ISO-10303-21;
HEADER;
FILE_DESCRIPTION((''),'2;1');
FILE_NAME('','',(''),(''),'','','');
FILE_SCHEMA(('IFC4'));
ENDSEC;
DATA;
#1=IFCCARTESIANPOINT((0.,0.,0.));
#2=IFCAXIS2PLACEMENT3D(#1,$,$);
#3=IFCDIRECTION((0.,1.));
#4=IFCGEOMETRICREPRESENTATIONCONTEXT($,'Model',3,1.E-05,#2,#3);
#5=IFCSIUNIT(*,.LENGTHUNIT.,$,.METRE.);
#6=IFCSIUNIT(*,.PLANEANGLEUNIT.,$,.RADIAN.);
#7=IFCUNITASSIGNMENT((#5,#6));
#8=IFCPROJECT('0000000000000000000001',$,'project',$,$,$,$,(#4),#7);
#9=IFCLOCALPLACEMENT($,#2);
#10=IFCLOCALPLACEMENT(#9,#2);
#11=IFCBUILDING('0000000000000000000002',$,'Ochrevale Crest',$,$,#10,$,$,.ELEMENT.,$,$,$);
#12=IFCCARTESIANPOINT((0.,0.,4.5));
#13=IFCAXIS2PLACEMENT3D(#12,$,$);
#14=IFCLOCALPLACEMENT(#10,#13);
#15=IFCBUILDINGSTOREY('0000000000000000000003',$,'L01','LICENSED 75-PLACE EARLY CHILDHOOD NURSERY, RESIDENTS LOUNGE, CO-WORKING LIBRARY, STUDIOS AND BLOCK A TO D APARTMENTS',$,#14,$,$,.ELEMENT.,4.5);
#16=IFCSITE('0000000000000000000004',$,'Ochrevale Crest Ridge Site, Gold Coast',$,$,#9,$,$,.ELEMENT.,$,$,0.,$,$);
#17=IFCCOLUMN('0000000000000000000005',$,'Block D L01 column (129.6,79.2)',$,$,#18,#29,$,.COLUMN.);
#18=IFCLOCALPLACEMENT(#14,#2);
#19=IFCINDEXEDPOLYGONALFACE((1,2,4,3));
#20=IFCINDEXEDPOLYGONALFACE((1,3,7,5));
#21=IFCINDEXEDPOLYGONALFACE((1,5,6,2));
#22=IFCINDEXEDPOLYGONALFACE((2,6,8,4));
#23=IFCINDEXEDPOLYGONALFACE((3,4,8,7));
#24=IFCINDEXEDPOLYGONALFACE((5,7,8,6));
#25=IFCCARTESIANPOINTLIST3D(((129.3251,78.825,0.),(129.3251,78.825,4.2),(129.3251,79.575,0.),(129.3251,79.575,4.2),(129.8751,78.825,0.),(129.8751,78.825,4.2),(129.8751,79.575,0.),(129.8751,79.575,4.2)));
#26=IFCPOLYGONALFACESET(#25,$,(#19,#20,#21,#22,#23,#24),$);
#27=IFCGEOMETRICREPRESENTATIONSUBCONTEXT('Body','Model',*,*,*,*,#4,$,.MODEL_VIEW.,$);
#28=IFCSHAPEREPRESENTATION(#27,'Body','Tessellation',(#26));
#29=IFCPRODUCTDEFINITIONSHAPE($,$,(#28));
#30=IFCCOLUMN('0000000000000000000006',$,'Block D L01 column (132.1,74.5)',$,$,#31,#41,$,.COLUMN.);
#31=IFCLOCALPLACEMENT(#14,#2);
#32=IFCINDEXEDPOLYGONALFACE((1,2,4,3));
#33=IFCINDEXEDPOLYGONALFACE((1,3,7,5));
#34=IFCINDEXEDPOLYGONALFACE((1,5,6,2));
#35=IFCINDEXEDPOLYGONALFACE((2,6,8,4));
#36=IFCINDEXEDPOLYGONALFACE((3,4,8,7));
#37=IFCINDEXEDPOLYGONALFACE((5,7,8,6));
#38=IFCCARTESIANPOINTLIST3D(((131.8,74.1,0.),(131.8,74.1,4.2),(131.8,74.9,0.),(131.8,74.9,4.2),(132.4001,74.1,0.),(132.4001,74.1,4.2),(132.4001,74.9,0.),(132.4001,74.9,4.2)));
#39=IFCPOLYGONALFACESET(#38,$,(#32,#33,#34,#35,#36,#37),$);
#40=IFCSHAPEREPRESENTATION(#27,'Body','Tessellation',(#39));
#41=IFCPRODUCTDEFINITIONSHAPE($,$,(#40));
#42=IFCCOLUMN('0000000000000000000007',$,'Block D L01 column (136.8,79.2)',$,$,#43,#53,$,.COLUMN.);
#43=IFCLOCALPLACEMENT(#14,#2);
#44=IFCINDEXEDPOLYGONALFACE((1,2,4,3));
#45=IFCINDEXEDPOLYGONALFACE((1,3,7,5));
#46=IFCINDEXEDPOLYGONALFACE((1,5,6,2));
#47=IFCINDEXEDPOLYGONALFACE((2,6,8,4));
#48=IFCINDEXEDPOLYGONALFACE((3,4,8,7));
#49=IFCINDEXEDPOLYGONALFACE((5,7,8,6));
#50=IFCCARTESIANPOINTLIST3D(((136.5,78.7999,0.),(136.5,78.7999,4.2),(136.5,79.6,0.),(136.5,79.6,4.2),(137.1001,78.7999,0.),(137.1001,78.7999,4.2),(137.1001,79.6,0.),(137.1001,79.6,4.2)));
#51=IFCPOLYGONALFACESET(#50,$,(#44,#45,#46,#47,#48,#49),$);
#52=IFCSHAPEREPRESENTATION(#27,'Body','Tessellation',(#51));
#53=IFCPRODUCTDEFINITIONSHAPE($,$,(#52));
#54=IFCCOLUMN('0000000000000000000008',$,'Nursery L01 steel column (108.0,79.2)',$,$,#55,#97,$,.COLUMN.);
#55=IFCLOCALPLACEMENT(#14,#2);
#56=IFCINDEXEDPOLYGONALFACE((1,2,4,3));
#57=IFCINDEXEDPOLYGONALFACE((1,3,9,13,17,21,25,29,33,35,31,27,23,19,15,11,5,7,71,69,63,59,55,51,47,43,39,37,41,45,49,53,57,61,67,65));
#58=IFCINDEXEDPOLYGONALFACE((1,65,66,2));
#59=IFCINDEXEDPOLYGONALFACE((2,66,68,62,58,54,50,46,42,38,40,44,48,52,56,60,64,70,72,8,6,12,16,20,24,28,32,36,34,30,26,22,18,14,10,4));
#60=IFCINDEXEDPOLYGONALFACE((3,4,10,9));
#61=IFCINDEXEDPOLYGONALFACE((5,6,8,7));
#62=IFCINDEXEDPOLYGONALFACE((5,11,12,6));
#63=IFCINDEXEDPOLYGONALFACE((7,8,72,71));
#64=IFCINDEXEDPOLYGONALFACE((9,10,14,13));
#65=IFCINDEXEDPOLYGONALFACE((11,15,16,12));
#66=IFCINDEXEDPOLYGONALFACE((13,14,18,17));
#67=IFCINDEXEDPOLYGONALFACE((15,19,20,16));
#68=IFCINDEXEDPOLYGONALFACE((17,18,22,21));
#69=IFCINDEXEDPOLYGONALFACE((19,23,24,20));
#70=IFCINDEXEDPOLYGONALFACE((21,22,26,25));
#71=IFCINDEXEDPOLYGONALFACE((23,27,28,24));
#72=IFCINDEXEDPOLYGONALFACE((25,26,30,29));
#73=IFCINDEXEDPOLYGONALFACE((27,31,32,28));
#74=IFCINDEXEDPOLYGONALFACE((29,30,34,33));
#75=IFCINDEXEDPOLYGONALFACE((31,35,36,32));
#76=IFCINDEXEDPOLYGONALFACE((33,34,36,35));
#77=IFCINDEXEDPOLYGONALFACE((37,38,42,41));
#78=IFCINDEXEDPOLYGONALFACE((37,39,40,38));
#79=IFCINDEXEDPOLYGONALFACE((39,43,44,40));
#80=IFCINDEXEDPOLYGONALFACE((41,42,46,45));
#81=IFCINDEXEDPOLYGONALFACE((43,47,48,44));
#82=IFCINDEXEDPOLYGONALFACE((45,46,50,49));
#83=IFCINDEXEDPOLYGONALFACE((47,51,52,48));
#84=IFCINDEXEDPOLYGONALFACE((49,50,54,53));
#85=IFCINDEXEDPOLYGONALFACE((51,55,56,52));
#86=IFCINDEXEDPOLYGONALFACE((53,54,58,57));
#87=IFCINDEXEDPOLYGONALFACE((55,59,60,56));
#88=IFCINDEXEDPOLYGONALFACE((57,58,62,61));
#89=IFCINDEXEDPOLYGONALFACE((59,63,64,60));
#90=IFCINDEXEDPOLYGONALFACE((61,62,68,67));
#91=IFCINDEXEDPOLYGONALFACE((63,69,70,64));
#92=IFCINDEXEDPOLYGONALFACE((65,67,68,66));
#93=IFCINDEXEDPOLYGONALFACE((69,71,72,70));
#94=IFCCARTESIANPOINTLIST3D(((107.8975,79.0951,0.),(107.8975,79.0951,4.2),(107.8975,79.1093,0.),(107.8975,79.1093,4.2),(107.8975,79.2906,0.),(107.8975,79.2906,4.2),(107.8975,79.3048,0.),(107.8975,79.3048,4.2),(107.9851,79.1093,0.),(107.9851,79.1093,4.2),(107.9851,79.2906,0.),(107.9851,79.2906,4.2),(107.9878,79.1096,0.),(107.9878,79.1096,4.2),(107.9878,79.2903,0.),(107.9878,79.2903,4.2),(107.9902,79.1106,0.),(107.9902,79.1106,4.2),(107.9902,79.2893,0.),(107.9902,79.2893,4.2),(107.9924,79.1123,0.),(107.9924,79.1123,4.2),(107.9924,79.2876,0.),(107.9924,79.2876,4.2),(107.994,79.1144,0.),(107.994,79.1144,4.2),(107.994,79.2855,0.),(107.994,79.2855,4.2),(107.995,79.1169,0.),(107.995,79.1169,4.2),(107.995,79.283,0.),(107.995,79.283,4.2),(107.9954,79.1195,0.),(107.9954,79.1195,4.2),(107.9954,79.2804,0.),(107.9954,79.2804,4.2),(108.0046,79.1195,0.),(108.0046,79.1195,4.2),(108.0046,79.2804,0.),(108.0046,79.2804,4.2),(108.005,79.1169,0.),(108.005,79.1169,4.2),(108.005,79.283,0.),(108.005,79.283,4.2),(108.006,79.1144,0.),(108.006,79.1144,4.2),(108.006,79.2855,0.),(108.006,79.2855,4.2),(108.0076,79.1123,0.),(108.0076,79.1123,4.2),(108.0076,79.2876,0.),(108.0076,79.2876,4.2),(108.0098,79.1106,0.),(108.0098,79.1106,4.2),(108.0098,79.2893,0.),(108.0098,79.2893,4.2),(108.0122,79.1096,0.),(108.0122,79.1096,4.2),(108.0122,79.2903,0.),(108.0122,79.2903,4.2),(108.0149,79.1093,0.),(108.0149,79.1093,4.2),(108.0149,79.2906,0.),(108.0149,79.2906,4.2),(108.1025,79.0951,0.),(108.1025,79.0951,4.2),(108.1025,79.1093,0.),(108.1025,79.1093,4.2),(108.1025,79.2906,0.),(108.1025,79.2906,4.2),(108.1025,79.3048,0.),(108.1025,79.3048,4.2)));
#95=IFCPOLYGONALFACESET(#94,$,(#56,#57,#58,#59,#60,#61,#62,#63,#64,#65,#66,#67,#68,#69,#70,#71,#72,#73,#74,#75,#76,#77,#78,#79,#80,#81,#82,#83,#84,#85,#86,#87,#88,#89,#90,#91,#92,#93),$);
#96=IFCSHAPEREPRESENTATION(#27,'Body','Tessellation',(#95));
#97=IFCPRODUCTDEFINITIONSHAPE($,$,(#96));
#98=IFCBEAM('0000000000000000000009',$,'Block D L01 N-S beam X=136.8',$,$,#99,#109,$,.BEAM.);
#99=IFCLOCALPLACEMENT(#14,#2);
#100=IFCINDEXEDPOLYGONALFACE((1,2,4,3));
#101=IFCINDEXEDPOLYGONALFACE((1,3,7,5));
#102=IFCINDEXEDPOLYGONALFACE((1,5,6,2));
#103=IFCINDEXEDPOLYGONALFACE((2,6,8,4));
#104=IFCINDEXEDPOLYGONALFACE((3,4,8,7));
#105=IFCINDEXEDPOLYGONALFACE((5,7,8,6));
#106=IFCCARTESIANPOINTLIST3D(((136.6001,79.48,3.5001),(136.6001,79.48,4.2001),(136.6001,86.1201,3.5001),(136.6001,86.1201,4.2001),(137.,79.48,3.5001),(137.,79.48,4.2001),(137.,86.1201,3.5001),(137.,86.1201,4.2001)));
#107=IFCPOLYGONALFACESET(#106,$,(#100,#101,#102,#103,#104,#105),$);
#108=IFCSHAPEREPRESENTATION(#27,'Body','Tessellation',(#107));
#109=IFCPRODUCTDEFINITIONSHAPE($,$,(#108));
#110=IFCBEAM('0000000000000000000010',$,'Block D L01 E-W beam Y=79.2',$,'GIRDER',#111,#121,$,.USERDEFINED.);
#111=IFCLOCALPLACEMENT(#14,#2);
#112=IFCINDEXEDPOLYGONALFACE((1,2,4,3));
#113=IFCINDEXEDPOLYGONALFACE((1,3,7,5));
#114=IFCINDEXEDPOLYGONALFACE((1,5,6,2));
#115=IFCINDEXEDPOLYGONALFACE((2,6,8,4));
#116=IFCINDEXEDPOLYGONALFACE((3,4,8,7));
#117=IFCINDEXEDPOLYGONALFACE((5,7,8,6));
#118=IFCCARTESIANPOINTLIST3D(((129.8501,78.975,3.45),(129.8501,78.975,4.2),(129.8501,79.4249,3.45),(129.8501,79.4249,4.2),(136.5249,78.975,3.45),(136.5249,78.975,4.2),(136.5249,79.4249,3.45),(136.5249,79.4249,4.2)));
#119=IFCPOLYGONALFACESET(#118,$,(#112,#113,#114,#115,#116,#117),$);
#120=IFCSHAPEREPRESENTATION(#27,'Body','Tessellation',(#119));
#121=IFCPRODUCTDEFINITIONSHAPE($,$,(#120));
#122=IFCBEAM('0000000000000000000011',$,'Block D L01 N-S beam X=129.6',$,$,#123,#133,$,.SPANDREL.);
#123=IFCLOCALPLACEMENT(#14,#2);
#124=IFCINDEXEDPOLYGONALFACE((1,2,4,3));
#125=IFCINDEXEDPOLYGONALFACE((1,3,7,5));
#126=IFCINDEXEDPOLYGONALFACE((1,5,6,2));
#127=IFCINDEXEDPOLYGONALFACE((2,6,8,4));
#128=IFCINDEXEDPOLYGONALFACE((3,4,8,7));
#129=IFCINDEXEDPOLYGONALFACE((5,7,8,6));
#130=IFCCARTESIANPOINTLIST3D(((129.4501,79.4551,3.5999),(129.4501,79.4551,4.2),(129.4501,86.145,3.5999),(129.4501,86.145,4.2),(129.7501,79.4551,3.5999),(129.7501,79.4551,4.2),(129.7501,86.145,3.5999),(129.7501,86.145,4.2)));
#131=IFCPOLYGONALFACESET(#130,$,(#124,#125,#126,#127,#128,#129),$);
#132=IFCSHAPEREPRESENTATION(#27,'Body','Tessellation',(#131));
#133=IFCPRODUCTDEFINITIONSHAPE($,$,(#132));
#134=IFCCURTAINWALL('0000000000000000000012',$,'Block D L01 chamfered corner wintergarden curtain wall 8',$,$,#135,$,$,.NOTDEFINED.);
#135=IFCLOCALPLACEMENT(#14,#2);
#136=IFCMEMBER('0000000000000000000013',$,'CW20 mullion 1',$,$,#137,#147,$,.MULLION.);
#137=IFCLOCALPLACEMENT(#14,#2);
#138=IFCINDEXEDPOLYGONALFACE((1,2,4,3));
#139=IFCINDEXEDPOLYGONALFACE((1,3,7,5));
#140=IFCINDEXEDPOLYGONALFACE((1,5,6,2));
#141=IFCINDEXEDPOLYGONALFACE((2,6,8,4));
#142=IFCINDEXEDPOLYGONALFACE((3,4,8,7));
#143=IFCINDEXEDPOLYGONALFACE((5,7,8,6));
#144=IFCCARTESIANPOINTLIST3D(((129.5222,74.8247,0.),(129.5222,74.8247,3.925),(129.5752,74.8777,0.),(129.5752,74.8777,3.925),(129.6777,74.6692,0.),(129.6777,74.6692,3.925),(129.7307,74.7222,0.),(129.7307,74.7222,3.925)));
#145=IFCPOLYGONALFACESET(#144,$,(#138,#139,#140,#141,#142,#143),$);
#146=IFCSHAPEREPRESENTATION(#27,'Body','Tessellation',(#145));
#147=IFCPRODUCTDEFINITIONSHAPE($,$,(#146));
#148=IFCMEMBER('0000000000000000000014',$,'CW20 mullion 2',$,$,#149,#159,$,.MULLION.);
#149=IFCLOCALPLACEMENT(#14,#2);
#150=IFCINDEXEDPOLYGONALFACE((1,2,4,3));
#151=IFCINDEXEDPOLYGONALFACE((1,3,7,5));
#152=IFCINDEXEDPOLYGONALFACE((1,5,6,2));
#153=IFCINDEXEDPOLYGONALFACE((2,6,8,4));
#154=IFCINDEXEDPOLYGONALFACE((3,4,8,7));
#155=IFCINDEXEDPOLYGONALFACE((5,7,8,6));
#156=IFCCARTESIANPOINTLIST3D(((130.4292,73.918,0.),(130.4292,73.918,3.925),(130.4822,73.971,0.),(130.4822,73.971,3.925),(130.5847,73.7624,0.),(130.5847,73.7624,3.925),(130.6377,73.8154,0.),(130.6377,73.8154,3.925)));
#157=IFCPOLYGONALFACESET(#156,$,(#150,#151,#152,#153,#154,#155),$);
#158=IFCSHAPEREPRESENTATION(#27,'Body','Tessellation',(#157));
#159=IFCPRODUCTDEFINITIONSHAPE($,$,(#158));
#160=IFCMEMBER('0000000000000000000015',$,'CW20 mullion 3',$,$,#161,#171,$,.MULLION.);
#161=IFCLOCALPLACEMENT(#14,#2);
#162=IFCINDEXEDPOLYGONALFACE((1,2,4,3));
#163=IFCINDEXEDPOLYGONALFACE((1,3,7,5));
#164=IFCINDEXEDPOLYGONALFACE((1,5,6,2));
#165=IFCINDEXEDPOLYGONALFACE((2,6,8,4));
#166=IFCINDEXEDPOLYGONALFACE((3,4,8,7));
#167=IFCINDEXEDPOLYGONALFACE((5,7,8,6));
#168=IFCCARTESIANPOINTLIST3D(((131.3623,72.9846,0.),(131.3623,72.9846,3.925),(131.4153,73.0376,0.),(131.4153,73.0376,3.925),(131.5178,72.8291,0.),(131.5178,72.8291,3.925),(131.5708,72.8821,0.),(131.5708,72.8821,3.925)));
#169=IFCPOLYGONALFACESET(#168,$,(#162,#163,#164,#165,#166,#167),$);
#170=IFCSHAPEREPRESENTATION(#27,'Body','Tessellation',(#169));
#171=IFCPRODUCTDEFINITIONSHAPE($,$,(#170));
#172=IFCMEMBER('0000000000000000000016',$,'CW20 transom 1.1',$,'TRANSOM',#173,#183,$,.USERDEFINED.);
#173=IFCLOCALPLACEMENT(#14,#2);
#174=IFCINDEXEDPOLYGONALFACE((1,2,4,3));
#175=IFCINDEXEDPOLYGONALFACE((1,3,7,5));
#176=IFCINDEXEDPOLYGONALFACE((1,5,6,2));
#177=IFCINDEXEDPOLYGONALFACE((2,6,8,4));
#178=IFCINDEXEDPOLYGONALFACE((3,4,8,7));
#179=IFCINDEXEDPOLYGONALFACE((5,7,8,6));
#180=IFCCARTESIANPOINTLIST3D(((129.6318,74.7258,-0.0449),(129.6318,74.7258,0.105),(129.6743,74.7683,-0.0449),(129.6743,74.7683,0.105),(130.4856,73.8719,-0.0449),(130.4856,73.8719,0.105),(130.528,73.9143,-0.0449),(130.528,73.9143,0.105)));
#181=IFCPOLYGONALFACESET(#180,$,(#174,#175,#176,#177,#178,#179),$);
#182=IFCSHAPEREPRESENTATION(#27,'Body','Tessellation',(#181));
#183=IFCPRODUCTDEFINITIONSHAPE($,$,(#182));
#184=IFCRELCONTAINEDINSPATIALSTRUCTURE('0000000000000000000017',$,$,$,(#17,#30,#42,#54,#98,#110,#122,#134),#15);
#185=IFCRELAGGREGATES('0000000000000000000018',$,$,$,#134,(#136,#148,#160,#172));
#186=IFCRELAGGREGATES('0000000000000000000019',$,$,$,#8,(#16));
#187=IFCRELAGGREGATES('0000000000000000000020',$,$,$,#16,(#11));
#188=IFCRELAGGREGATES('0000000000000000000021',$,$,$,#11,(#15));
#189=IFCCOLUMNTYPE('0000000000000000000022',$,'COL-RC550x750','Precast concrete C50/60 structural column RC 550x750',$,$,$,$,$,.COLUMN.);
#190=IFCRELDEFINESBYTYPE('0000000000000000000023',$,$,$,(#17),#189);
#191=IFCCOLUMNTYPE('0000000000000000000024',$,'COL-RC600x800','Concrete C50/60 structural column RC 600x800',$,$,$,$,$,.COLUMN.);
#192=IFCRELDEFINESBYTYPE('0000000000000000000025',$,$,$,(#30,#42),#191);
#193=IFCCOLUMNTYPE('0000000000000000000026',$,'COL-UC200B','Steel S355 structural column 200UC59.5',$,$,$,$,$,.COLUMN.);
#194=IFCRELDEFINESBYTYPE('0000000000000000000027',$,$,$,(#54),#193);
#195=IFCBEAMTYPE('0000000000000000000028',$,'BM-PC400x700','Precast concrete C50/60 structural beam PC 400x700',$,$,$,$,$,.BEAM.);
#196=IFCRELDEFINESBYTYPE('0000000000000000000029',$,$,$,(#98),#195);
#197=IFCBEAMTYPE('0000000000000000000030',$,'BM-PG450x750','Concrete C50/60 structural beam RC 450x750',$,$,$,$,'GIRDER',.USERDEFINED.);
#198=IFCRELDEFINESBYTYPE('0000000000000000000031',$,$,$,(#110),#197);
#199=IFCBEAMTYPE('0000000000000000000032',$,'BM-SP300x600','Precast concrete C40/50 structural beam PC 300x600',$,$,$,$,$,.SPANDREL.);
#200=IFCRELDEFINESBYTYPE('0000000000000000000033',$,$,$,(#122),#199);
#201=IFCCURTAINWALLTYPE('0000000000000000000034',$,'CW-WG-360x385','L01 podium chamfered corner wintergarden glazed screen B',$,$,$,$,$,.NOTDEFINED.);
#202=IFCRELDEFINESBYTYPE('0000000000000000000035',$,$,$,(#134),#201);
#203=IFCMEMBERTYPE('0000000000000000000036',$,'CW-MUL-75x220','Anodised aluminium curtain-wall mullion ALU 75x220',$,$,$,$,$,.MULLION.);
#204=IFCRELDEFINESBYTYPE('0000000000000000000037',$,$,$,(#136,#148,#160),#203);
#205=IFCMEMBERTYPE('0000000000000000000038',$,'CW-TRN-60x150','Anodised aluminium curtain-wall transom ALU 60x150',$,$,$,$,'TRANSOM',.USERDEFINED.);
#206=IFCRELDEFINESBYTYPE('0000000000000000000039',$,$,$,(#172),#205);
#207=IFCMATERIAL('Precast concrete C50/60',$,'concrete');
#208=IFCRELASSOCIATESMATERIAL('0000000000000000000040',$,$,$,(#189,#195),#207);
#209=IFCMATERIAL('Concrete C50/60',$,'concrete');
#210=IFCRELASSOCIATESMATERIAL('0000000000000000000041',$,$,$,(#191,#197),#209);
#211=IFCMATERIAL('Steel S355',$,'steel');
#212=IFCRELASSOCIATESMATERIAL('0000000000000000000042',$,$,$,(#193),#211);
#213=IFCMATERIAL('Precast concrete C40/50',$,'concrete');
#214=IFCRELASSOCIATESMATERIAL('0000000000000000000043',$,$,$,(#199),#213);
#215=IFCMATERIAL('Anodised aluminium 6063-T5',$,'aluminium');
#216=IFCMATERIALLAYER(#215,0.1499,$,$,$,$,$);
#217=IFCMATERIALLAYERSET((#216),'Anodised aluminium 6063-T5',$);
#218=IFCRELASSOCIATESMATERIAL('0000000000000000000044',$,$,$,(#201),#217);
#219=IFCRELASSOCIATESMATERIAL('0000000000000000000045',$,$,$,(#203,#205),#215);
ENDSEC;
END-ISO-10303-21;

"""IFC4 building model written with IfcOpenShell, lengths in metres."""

from ifc_helpers import new_model, si_unit, direction, frame, origin, origin_2d, place, context, subcontext, project, spatial, rectangle, i_section, extrude, material, layer, layer_set, material_profile, profile_set, type_object, element, aggregate, save


model = new_model("IFC4")

# Units and contexts
model_context = context("Model", 3, precision=1e-05, world=origin(), true_north=direction((0.0, 1.0)))
body_context = subcontext(model_context, "Body", "Model", "MODEL_VIEW")
ifc_project = project(units=[si_unit("LENGTHUNIT", "METRE"), si_unit("PLANEANGLEUNIT", "RADIAN")], contexts=[model_context])

# Site, building, storey
site_placement = place(None, origin())
site = spatial("IfcSite", under=ifc_project, at=site_placement, Name="Ochrevale Crest Ridge Site, Gold Coast", CompositionType="ELEMENT", RefElevation=0.0)
building_placement = place(site_placement, origin())
building = spatial("IfcBuilding", under=site, at=building_placement, Name="Ochrevale Crest", CompositionType="ELEMENT")
storey_placement = place(building_placement, frame((0.0, 0.0, 4.5)))
storey = spatial("IfcBuildingStorey", under=building, at=storey_placement, Name="L01", Description="LICENSED 75-PLACE EARLY CHILDHOOD NURSERY, RESIDENTS LOUNGE, CO-WORKING LIBRARY, STUDIOS AND BLOCK A TO D APARTMENTS", CompositionType="ELEMENT", Elevation=4.5)

# Columns
ifc_material_1 = material(Name="Precast concrete C50/60", Category="concrete")
ifc_material_profile_1 = material_profile(ifc_material_1, rectangle(XDim=0.55, YDim=0.75, at=origin_2d()), Name="RC 550x750")
ifc_profile_set_1 = profile_set([ifc_material_profile_1], Name="Precast concrete C50/60")
column_type_1 = type_object("IfcColumnType", Name="COL-RC550x750", Description="Precast concrete C50/60 structural column RC 550x750", PredefinedType="COLUMN", material=ifc_profile_set_1)
column_1_placement = place(storey_placement, frame((129.6001, 79.2, 0.0), z_axis=(0.0, 0.0, 1.0), x_axis=(1.0, 0.0, 0.0)))
element("IfcColumn", 1, at=column_1_placement, inside=storey, type_object=column_type_1, Name="Block D L01 column (129.6,79.2)", PredefinedType="COLUMN", context=body_context, shape_type="SweptSolid", body=[
    extrude(rectangle(XDim=0.55, YDim=0.75, at=origin_2d()), origin(), (0.0, 0.0, 1.0), 4.2),
])
ifc_material_2 = material(Name="Concrete C50/60", Category="concrete")
ifc_material_profile_2 = material_profile(ifc_material_2, rectangle(XDim=0.6001, YDim=0.8, at=origin_2d()), Name="RC 600x800")
ifc_profile_set_2 = profile_set([ifc_material_profile_2], Name="Concrete C50/60")
column_type_2 = type_object("IfcColumnType", Name="COL-RC600x800", Description="Concrete C50/60 structural column RC 600x800", PredefinedType="COLUMN", material=ifc_profile_set_2)
for number, where, z_axis, x_axis, name in (
    (2, (132.1001, 74.5, 0.0), (0.0, 0.0, 1.0), (1.0, 0.0, 0.0), "Block D L01 column (132.1,74.5)"),
    (3, (136.8, 79.2, 0.0), (0.0, 0.0, 1.0), (1.0, 0.0, 0.0), "Block D L01 column (136.8,79.2)"),
):
    element("IfcColumn", number, at=place(storey_placement, frame(where, z_axis=z_axis, x_axis=x_axis)), inside=storey, type_object=column_type_2, Name=name, PredefinedType="COLUMN", context=body_context, shape_type="SweptSolid", body=[
        extrude(rectangle(XDim=0.6001, YDim=0.8, at=origin_2d()), origin(), (0.0, 0.0, 1.0), 4.2),
    ])
ifc_material_3 = material(Name="Steel S355", Category="steel")
ifc_material_profile_3 = material_profile(ifc_material_3, i_section(OverallWidth=0.2051, OverallDepth=0.2097, WebThickness=0.0093, FlangeThickness=0.0142, FilletRadius=0.0103, at=origin_2d()), Name="200UC59.5")
ifc_profile_set_3 = profile_set([ifc_material_profile_3], Name="Steel S355")
column_type_3 = type_object("IfcColumnType", Name="COL-UC200B", Description="Steel S355 structural column 200UC59.5", PredefinedType="COLUMN", material=ifc_profile_set_3)
column_2_placement = place(storey_placement, frame((108.0, 79.2, 0.0), z_axis=(0.0, 0.0, 1.0), x_axis=(1.0, 0.0, 0.0)))
element("IfcColumn", 4, at=column_2_placement, inside=storey, type_object=column_type_3, Name="Nursery L01 steel column (108.0,79.2)", PredefinedType="COLUMN", context=body_context, shape_type="SweptSolid", body=[
    extrude(i_section(OverallWidth=0.2051, OverallDepth=0.2097, WebThickness=0.0093, FlangeThickness=0.0142, FilletRadius=0.0103, at=origin_2d()), origin(), (0.0, 0.0, 1.0), 4.2),
])

# Beams
ifc_material_profile_4 = material_profile(ifc_material_1, rectangle(XDim=0.3999, YDim=0.7, at=origin_2d()), Name="PC 400x700")
ifc_profile_set_4 = profile_set([ifc_material_profile_4], Name="Precast concrete C50/60")
beam_type_1 = type_object("IfcBeamType", Name="BM-PC400x700", Description="Precast concrete C50/60 structural beam PC 400x700", PredefinedType="BEAM", material=ifc_profile_set_4)
beam_1_placement = place(storey_placement, frame((136.8, 79.48, 3.8501), z_axis=(0.0, 1.0, 0.0), x_axis=(-1.0, 0.0, 0.0)))
element("IfcBeam", 5, at=beam_1_placement, inside=storey, type_object=beam_type_1, Name="Block D L01 N-S beam X=136.8", PredefinedType="BEAM", context=body_context, shape_type="SweptSolid", body=[
    extrude(rectangle(XDim=0.3999, YDim=0.7, at=origin_2d()), origin(), (0.0, 0.0, 1.0), 6.6401),
])
ifc_material_profile_5 = material_profile(ifc_material_2, rectangle(XDim=0.45, YDim=0.75, at=origin_2d()), Name="RC 450x750")
ifc_profile_set_5 = profile_set([ifc_material_profile_5], Name="Concrete C50/60")
beam_type_2 = type_object("IfcBeamType", Name="BM-PG450x750", Description="Concrete C50/60 structural beam RC 450x750", ElementType="GIRDER", PredefinedType="USERDEFINED", material=ifc_profile_set_5)
beam_2_placement = place(storey_placement, frame((129.8501, 79.2, 3.825), z_axis=(1.0, 0.0, 0.0), x_axis=(0.0, 1.0, 0.0)))
element("IfcBeam", 6, at=beam_2_placement, inside=storey, type_object=beam_type_2, Name="Block D L01 E-W beam Y=79.2", ObjectType="GIRDER", PredefinedType="USERDEFINED", context=body_context, shape_type="SweptSolid", body=[
    extrude(rectangle(XDim=0.45, YDim=0.75, at=origin_2d()), origin(), (0.0, 0.0, 1.0), 6.6748),
])
ifc_material_4 = material(Name="Precast concrete C40/50", Category="concrete")
ifc_material_profile_6 = material_profile(ifc_material_4, rectangle(XDim=0.3, YDim=0.6001, at=origin_2d()), Name="PC 300x600")
ifc_profile_set_6 = profile_set([ifc_material_profile_6], Name="Precast concrete C40/50")
beam_type_3 = type_object("IfcBeamType", Name="BM-SP300x600", Description="Precast concrete C40/50 structural beam PC 300x600", PredefinedType="SPANDREL", material=ifc_profile_set_6)
beam_3_placement = place(storey_placement, frame((129.6001, 79.4551, 3.8999), z_axis=(0.0, 1.0, 0.0), x_axis=(-1.0, 0.0, 0.0)))
element("IfcBeam", 7, at=beam_3_placement, inside=storey, type_object=beam_type_3, Name="Block D L01 N-S beam X=129.6", PredefinedType="SPANDREL", context=body_context, shape_type="SweptSolid", body=[
    extrude(rectangle(XDim=0.3, YDim=0.6001, at=origin_2d()), origin(), (0.0, 0.0, 1.0), 6.6899),
])

# Curtain wall, members
ifc_material_5 = material(Name="Anodised aluminium 6063-T5", Category="aluminium")
ifc_layer_1 = layer(ifc_material_5, 0.1499)
ifc_layer_set_1 = layer_set([ifc_layer_1], Name="Anodised aluminium 6063-T5")
curtain_wall_type = type_object("IfcCurtainWallType", Name="CW-WG-360x385", Description="L01 podium chamfered corner wintergarden glazed screen B", PredefinedType="NOTDEFINED", material=ifc_layer_set_1)
curtain_wall_placement = place(storey_placement, origin())
curtain_wall = element("IfcCurtainWall", 8, at=curtain_wall_placement, inside=storey, type_object=curtain_wall_type, Name="Block D L01 chamfered corner wintergarden curtain wall 8", PredefinedType="NOTDEFINED")
ifc_material_profile_7 = material_profile(ifc_material_5, rectangle(XDim=0.075, YDim=0.22, at=origin_2d()), Name="ALU 75x220")
ifc_profile_set_7 = profile_set([ifc_material_profile_7], Name="Anodised aluminium 6063-T5")
member_type_1 = type_object("IfcMemberType", Name="CW-MUL-75x220", Description="Anodised aluminium curtain-wall mullion ALU 75x220", PredefinedType="MULLION", material=ifc_profile_set_7)
member_1_placement = place(storey_placement, frame((129.6265, 74.7734, 0.0), z_axis=(0.0, 0.0, 1.0), x_axis=(0.707107, 0.707107, 0.0)))
member_1 = element("IfcMember", 9, at=member_1_placement, type_object=member_type_1, Name="CW20 mullion 1", PredefinedType="MULLION", context=body_context, shape_type="SweptSolid", body=[
    extrude(rectangle(XDim=0.075, YDim=0.22, at=origin_2d()), origin(), (0.0, 0.0, 1.0), 3.925),
])
member_2_placement = place(storey_placement, frame((130.5334, 73.8667, 0.0), z_axis=(0.0, 0.0, 1.0), x_axis=(0.707107, 0.707107, 0.0)))
member_2 = element("IfcMember", 10, at=member_2_placement, type_object=member_type_1, Name="CW20 mullion 2", PredefinedType="MULLION", context=body_context, shape_type="SweptSolid", body=[
    extrude(rectangle(XDim=0.075, YDim=0.22, at=origin_2d()), origin(), (0.0, 0.0, 1.0), 3.925),
])
member_3_placement = place(storey_placement, frame((131.4666, 72.9333, 0.0), z_axis=(0.0, 0.0, 1.0), x_axis=(0.707107, 0.707107, 0.0)))
member_3 = element("IfcMember", 11, at=member_3_placement, type_object=member_type_1, Name="CW20 mullion 3", PredefinedType="MULLION", context=body_context, shape_type="SweptSolid", body=[
    extrude(rectangle(XDim=0.075, YDim=0.22, at=origin_2d()), origin(), (0.0, 0.0, 1.0), 3.925),
])
ifc_material_profile_8 = material_profile(ifc_material_5, rectangle(XDim=0.0601, YDim=0.1499, at=origin_2d()), Name="ALU 60x150")
ifc_profile_set_8 = profile_set([ifc_material_profile_8], Name="Anodised aluminium 6063-T5")
member_type_2 = type_object("IfcMemberType", Name="CW-TRN-60x150", Description="Anodised aluminium curtain-wall transom ALU 60x150", ElementType="TRANSOM", PredefinedType="USERDEFINED", material=ifc_profile_set_8)
member_4_placement = place(storey_placement, frame((129.6531, 74.7471, 0.03), z_axis=(0.707006, -0.707208, 0.0), x_axis=(0.707208, 0.707006, 0.0)))
member_4 = element("IfcMember", 12, at=member_4_placement, type_object=member_type_2, Name="CW20 transom 1.1", ObjectType="TRANSOM", PredefinedType="USERDEFINED", context=body_context, shape_type="SweptSolid", body=[
    extrude(rectangle(XDim=0.0601, YDim=0.1499, at=origin_2d()), origin(), (0.0, 0.0, 1.0), 1.2075),
])
aggregate(curtain_wall, [member_1, member_2, member_3, member_4])

save(model, "model.ifc")
